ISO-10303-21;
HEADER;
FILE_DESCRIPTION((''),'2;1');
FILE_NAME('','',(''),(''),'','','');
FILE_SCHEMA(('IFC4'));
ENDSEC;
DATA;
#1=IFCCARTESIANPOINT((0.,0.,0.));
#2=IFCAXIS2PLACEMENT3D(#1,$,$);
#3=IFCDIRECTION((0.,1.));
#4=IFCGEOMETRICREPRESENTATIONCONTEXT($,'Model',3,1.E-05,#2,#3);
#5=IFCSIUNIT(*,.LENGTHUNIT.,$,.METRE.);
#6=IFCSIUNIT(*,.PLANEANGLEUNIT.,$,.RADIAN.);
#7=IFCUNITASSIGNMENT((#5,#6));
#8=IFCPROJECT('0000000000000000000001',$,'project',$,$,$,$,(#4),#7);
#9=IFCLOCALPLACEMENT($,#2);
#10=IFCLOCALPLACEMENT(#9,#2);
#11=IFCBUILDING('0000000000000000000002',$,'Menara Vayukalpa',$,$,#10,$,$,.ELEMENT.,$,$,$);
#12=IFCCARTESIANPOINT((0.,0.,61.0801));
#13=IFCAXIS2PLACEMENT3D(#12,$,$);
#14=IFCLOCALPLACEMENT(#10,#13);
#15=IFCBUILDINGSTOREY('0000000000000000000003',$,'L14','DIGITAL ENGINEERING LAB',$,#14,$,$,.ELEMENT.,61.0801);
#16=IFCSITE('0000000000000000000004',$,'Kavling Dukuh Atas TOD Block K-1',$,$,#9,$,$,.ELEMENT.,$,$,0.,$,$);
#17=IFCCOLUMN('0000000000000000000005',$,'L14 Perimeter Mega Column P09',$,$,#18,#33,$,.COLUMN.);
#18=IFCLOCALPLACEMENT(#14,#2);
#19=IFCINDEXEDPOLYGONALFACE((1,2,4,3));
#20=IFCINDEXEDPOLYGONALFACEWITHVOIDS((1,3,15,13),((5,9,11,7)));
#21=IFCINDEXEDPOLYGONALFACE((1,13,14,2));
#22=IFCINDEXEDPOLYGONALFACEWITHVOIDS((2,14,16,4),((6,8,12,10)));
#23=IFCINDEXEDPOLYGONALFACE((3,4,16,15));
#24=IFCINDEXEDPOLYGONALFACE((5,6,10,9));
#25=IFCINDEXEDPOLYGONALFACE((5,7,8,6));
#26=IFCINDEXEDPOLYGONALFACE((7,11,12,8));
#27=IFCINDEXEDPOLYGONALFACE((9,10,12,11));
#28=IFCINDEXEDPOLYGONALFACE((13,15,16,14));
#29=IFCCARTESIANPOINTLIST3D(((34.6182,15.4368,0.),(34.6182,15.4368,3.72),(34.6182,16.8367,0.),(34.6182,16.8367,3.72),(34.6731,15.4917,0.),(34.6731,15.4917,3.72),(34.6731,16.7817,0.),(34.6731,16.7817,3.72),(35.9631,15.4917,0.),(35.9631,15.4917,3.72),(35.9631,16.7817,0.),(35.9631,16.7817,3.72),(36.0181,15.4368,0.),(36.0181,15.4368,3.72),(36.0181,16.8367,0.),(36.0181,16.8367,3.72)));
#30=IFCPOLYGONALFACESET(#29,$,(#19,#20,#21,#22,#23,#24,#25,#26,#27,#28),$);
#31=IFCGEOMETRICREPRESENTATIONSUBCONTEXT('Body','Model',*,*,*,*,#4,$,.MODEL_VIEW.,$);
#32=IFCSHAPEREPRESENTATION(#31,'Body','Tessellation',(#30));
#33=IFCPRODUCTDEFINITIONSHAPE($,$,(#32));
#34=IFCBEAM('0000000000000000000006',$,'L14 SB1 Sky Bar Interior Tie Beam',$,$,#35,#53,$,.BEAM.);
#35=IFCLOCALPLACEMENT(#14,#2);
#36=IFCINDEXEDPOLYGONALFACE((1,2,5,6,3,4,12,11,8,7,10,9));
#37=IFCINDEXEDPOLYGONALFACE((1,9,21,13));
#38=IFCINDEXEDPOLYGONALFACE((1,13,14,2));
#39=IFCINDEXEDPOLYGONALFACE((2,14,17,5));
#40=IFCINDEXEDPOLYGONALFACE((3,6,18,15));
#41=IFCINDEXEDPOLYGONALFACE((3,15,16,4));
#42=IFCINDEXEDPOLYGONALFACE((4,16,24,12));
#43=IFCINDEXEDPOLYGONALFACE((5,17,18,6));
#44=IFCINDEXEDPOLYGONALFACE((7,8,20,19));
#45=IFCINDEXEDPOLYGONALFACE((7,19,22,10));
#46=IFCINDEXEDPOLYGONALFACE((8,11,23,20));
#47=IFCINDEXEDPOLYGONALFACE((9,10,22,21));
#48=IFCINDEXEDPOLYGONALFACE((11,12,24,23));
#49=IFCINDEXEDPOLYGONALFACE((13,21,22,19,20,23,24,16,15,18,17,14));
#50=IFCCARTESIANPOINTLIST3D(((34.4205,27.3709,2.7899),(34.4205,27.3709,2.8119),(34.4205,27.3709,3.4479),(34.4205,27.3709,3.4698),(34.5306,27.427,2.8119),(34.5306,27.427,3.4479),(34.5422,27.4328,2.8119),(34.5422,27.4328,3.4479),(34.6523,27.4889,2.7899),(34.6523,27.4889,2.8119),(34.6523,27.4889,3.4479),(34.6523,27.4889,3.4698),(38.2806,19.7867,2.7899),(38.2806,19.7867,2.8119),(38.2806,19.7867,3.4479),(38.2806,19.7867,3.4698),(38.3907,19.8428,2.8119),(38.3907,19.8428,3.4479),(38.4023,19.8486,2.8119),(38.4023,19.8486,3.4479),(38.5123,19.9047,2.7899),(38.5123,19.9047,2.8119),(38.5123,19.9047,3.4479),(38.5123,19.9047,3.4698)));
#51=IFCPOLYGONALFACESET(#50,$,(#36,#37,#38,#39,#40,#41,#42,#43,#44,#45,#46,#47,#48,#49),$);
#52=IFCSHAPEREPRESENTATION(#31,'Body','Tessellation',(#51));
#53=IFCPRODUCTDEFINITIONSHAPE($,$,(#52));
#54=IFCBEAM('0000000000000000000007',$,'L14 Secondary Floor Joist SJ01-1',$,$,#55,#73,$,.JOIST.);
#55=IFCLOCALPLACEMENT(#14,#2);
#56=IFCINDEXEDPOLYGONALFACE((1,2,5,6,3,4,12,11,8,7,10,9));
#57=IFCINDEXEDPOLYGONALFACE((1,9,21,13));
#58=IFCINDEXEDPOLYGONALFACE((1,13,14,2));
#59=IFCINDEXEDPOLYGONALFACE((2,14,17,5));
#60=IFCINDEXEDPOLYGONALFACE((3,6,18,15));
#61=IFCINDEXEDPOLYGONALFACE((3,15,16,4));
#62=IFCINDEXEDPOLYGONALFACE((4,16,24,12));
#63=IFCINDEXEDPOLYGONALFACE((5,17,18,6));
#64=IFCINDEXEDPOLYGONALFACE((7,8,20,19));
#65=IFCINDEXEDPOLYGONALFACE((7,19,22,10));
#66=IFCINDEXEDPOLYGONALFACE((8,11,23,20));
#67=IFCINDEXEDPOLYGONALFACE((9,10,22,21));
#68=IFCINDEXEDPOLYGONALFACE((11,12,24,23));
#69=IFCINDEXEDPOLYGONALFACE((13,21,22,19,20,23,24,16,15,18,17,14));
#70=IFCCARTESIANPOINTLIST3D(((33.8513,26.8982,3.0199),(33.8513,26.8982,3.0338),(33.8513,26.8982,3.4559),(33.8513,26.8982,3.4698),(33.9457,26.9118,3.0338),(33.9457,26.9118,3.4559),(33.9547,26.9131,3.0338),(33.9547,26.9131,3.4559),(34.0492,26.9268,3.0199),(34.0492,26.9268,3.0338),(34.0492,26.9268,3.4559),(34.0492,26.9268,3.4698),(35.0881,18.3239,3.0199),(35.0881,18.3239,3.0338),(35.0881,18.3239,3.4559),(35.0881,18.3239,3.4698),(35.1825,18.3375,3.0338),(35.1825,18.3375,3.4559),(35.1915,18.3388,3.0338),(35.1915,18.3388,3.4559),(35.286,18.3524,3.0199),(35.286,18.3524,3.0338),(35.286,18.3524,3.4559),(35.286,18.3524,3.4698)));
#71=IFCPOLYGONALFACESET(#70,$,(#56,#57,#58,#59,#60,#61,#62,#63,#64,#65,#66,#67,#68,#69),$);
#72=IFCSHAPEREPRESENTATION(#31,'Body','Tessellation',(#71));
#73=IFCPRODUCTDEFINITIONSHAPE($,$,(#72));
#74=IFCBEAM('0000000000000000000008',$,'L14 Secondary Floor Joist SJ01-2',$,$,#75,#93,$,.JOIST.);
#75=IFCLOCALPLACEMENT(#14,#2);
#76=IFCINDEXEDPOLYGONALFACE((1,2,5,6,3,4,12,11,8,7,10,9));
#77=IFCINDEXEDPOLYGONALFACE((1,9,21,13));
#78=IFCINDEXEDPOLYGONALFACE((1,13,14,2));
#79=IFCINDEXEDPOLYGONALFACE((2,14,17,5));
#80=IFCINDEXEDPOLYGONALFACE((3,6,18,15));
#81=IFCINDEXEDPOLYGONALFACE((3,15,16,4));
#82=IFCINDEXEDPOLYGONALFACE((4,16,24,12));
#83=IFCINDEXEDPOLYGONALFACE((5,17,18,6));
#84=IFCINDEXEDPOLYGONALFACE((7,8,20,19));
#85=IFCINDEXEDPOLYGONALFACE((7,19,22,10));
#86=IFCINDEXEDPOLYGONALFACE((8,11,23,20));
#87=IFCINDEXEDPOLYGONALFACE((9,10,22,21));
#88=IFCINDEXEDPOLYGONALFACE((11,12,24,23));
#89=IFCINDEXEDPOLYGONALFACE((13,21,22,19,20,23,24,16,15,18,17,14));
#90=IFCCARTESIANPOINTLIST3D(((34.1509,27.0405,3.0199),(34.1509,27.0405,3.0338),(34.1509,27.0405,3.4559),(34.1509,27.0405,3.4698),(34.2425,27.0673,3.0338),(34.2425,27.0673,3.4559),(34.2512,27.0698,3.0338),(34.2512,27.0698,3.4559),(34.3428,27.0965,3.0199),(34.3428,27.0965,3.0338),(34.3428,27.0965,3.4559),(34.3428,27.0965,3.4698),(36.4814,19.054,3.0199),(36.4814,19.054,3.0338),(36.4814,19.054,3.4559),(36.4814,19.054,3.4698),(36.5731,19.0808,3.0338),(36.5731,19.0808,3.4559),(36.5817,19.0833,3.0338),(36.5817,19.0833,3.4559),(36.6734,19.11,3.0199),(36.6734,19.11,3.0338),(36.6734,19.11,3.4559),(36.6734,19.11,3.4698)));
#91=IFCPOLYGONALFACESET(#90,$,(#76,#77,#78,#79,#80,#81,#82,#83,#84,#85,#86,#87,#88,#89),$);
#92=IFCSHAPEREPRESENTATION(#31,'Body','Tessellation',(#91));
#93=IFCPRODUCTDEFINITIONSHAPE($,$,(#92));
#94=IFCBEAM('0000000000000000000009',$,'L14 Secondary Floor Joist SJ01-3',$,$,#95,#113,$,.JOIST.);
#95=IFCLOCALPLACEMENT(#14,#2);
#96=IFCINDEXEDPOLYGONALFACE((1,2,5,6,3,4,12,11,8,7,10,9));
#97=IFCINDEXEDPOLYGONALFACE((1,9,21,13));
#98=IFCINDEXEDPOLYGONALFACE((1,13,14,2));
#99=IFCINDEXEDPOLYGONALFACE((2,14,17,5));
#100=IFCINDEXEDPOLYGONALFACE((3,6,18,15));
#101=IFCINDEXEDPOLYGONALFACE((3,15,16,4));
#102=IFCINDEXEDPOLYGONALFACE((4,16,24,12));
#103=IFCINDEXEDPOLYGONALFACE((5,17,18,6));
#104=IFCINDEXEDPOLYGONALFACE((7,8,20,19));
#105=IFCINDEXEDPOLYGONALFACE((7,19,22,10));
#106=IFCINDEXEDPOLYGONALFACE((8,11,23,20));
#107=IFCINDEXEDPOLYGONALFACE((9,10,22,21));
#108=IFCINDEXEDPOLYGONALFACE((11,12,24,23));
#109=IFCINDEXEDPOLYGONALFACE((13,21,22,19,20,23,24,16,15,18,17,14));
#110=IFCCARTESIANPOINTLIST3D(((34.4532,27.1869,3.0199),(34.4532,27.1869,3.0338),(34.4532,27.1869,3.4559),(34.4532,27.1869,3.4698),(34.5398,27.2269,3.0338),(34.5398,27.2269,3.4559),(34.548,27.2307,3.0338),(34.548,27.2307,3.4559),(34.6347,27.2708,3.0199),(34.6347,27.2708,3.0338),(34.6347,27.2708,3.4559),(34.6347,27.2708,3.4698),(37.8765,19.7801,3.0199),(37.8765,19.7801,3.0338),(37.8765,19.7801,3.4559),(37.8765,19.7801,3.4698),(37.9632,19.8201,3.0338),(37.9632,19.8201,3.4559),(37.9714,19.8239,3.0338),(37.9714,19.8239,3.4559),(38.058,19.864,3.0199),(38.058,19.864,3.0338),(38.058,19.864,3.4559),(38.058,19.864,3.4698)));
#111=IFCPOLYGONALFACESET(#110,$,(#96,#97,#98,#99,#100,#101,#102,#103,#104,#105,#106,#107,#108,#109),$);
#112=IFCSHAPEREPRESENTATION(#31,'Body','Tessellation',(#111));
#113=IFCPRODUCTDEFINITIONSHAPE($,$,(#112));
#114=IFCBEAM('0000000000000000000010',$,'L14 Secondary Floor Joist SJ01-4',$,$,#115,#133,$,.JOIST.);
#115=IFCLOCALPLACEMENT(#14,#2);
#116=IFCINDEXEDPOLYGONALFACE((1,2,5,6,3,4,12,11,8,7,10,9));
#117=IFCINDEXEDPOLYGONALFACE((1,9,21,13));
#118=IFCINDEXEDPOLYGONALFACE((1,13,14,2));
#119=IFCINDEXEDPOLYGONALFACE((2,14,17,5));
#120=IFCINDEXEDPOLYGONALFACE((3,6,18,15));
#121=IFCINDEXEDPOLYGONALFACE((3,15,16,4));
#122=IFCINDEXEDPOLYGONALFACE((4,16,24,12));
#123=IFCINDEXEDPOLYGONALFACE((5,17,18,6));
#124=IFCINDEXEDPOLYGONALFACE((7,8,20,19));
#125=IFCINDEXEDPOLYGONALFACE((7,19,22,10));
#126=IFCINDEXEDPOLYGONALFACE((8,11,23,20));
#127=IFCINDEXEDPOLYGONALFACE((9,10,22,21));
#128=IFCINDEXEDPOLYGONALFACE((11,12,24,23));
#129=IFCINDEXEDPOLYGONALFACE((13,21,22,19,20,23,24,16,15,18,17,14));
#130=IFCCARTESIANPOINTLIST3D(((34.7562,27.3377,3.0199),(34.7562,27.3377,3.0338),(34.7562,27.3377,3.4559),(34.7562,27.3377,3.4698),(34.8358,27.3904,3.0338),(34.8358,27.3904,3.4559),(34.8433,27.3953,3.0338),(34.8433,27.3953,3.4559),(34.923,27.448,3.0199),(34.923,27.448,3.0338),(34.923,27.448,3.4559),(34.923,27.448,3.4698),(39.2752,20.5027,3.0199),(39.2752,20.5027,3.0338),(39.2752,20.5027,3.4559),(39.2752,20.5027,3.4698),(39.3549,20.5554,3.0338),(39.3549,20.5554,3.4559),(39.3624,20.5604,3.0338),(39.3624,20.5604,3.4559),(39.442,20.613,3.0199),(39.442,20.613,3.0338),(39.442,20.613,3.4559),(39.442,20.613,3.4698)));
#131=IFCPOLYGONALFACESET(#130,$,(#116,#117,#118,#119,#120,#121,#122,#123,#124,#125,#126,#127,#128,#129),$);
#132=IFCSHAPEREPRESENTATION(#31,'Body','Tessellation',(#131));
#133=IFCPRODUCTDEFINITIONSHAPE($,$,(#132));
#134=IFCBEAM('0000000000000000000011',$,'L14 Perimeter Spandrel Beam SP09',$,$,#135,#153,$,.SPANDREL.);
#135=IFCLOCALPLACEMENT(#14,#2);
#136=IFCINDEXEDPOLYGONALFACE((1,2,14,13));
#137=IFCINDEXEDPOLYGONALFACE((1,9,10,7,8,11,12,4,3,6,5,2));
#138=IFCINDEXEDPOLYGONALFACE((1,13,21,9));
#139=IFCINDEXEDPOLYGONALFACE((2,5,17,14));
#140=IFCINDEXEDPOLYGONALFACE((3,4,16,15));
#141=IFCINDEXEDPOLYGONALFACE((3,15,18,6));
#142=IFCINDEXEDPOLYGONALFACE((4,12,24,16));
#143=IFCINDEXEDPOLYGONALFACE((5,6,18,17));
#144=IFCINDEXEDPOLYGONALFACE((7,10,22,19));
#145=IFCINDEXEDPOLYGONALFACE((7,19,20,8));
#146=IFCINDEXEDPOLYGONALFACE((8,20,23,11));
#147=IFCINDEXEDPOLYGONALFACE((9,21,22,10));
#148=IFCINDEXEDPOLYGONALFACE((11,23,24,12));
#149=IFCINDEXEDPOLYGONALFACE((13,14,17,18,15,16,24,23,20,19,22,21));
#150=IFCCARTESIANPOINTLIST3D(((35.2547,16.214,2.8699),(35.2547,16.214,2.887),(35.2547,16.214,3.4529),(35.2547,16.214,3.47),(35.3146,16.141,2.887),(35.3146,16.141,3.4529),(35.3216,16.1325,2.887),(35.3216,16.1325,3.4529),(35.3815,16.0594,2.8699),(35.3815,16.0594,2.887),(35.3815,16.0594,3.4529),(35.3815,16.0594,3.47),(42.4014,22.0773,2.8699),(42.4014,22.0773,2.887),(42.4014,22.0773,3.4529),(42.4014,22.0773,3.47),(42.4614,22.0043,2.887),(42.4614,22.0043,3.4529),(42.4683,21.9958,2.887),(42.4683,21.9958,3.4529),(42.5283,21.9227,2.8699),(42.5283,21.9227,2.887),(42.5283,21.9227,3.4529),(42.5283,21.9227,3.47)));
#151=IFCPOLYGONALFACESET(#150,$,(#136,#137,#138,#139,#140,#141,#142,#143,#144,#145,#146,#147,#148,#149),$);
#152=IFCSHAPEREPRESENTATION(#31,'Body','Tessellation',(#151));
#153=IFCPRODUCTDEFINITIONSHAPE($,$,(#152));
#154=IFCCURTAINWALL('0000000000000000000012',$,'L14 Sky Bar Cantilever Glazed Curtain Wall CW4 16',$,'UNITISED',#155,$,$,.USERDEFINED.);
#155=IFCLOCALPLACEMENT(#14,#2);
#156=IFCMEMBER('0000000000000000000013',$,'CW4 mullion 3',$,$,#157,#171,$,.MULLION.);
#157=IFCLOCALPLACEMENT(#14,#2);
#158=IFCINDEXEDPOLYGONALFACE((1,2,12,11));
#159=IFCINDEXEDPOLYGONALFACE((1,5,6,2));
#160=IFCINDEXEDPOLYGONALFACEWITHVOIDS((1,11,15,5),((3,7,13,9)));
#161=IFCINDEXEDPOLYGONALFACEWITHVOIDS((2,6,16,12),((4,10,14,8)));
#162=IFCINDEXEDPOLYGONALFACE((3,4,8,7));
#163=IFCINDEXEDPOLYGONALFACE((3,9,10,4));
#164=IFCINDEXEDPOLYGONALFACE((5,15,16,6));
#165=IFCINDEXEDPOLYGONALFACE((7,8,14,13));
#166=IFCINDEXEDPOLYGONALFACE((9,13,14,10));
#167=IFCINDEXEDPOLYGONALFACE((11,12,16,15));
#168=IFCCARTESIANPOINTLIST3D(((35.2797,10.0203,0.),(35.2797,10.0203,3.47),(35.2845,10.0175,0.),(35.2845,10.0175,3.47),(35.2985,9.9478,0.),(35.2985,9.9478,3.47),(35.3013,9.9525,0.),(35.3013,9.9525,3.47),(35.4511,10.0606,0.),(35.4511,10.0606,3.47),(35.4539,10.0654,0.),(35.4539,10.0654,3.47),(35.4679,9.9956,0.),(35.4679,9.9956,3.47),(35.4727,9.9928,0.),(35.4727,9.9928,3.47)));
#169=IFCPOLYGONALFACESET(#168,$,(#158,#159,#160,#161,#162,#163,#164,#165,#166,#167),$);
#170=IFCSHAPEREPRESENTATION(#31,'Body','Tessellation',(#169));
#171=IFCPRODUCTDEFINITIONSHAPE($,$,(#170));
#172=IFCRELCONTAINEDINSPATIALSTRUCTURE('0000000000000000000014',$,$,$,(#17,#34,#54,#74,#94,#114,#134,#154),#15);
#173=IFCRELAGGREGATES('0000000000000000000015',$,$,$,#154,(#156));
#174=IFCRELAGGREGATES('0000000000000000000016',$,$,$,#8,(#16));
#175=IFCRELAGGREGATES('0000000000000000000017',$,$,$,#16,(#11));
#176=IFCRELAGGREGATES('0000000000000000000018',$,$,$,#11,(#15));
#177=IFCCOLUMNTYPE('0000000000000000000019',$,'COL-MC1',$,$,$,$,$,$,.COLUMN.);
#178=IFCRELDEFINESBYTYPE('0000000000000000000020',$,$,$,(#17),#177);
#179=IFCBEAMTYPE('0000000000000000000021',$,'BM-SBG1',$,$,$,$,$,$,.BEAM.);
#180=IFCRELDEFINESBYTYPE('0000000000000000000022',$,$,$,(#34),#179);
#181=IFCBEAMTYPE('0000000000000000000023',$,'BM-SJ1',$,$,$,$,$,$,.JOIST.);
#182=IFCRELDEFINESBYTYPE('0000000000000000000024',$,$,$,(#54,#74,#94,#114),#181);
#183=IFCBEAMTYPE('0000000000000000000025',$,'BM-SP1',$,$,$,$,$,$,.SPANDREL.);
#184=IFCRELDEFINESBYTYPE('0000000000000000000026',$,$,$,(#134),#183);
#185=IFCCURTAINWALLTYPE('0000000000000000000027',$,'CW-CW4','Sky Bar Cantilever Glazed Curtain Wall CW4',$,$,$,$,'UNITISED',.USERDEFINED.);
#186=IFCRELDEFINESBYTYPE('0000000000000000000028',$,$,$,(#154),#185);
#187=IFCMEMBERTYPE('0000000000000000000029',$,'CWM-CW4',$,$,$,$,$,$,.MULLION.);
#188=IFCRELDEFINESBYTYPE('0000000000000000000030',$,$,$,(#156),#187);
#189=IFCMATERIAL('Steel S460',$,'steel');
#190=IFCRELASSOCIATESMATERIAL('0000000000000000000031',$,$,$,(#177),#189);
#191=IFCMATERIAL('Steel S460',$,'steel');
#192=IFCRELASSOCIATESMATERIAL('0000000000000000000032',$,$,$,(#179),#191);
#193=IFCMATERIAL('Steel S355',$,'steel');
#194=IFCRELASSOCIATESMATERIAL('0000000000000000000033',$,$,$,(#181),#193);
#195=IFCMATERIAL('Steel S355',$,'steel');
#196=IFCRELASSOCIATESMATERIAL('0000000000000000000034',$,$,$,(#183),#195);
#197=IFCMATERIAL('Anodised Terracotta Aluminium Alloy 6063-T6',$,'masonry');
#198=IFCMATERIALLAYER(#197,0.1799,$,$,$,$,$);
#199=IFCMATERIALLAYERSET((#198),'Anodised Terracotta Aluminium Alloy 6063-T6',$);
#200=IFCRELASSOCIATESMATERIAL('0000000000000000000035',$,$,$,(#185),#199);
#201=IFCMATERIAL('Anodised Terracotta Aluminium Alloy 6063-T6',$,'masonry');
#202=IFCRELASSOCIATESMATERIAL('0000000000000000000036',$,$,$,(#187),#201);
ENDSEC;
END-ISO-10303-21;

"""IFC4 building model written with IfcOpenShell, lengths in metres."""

from ifc_helpers import new_model, si_unit, direction, frame, origin, origin_2d, place, context, subcontext, project, spatial, hollow_rectangle, i_section, extrude, material, layer, layer_set, material_profile, profile_set, type_object, element, aggregate, save


model = new_model("IFC4")

# Units and contexts
model_context = context("Model", 3, precision=1e-05, world=origin(), true_north=direction((0.0, 1.0)))
body_context = subcontext(model_context, "Body", "Model", "MODEL_VIEW")
ifc_project = project(units=[si_unit("LENGTHUNIT", "METRE"), si_unit("PLANEANGLEUNIT", "RADIAN")], contexts=[model_context])

# Site, building, storey
site_placement = place(None, origin())
site = spatial("IfcSite", under=ifc_project, at=site_placement, Name="Kavling Dukuh Atas TOD Block K-1", CompositionType="ELEMENT", RefElevation=0.0)
building_placement = place(site_placement, origin())
building = spatial("IfcBuilding", under=site, at=building_placement, Name="Menara Vayukalpa", CompositionType="ELEMENT")
storey_placement = place(building_placement, frame((0.0, 0.0, 61.0801)))
storey = spatial("IfcBuildingStorey", under=building, at=storey_placement, Name="L14", Description="DIGITAL ENGINEERING LAB", CompositionType="ELEMENT", Elevation=61.0801)

# Column
ifc_material_1 = material(Name="Steel S460", Category="steel")
ifc_material_profile_1 = material_profile(ifc_material_1, hollow_rectangle(XDim=1.3999, YDim=1.3999, WallThickness=0.0549, at=origin_2d()), Name="BOX 1400x1400x55")
ifc_profile_set_1 = profile_set([ifc_material_profile_1], Name="Steel S460")
column_type = type_object("IfcColumnType", Name="COL-MC1", PredefinedType="COLUMN", material=ifc_profile_set_1)
column_placement = place(storey_placement, frame((35.3181, 16.1367, 0.0), z_axis=(0.0, 0.0, 1.0), x_axis=(1.0, 0.0, 0.0)))
element("IfcColumn", 1, at=column_placement, inside=storey, type_object=column_type, Name="L14 Perimeter Mega Column P09", PredefinedType="COLUMN", context=body_context, shape_type="SweptSolid", body=[
    extrude(hollow_rectangle(XDim=1.3999, YDim=1.3999, WallThickness=0.0549, at=origin_2d()), origin(), (0.0, 0.0, 1.0), 3.72),
])

# Beams
ifc_material_2 = material(Name="Steel S460", Category="steel")
ifc_material_profile_2 = material_profile(ifc_material_2, i_section(OverallWidth=0.26, OverallDepth=0.6799, WebThickness=0.0129, FlangeThickness=0.022, at=origin_2d()), Name="WF 680x260x13x22")
ifc_profile_set_2 = profile_set([ifc_material_profile_2], Name="Steel S460")
beam_type_1 = type_object("IfcBeamType", Name="BM-SBG1", PredefinedType="BEAM", material=ifc_profile_set_2)
beam_1_placement = place(storey_placement, frame((38.3965, 19.8457, 3.1299), z_axis=(-0.453594, 0.891208, 0.0), x_axis=(-0.891208, -0.453594, 0.0)))
element("IfcBeam", 2, at=beam_1_placement, inside=storey, type_object=beam_type_1, Name="L14 SB1 Sky Bar Interior Tie Beam", PredefinedType="BEAM", context=body_context, shape_type="SweptSolid", body=[
    extrude(i_section(OverallWidth=0.26, OverallDepth=0.6799, WebThickness=0.0129, FlangeThickness=0.022, at=origin_2d()), origin(), (0.0, 0.0, 1.0), 8.51),
])
ifc_material_3 = material(Name="Steel S355", Category="steel")
ifc_material_profile_3 = material_profile(ifc_material_3, i_section(OverallWidth=0.2, OverallDepth=0.45, WebThickness=0.009, FlangeThickness=0.0139, at=origin_2d()), Name="WF 450x200x9x14")
ifc_profile_set_3 = profile_set([ifc_material_profile_3], Name="Steel S355")
beam_type_2 = type_object("IfcBeamType", Name="BM-SJ1", PredefinedType="JOIST", material=ifc_profile_set_3)
beam_2_placement = place(storey_placement, frame((35.187, 18.3381, 3.2449), z_axis=(-0.142767, 0.989756, 0.0), x_axis=(-0.989756, -0.142767, 0.0)))
element("IfcBeam", 3, at=beam_2_placement, inside=storey, type_object=beam_type_2, Name="L14 Secondary Floor Joist SJ01-1", PredefinedType="JOIST", context=body_context, shape_type="SweptSolid", body=[
    extrude(i_section(OverallWidth=0.2, OverallDepth=0.45, WebThickness=0.009, FlangeThickness=0.0139, at=origin_2d()), origin(), (0.0, 0.0, 1.0), 8.6631),
])
beam_3_placement = place(storey_placement, frame((36.5774, 19.082, 3.2449), z_axis=(-0.280127, 0.959963, 0.0), x_axis=(-0.959963, -0.280127, 0.0)))
element("IfcBeam", 4, at=beam_3_placement, inside=storey, type_object=beam_type_2, Name="L14 Secondary Floor Joist SJ01-2", PredefinedType="JOIST", context=body_context, shape_type="SweptSolid", body=[
    extrude(i_section(OverallWidth=0.2, OverallDepth=0.45, WebThickness=0.009, FlangeThickness=0.0139, at=origin_2d()), origin(), (0.0, 0.0, 1.0), 8.3196),
])
beam_4_placement = place(storey_placement, frame((37.9673, 19.822, 3.2449), z_axis=(-0.419548, 0.907733, 0.0), x_axis=(-0.907733, -0.419548, 0.0)))
element("IfcBeam", 5, at=beam_4_placement, inside=storey, type_object=beam_type_2, Name="L14 Secondary Floor Joist SJ01-3", PredefinedType="JOIST", context=body_context, shape_type="SweptSolid", body=[
    extrude(i_section(OverallWidth=0.2, OverallDepth=0.45, WebThickness=0.009, FlangeThickness=0.0139, at=origin_2d()), origin(), (0.0, 0.0, 1.0), 8.1597),
])
beam_5_placement = place(storey_placement, frame((39.3586, 20.5579, 3.2449), z_axis=(-0.551519, 0.834162, 0.0), x_axis=(-0.834162, -0.551519, 0.0)))
element("IfcBeam", 6, at=beam_5_placement, inside=storey, type_object=beam_type_2, Name="L14 Secondary Floor Joist SJ01-4", PredefinedType="JOIST", context=body_context, shape_type="SweptSolid", body=[
    extrude(i_section(OverallWidth=0.2, OverallDepth=0.45, WebThickness=0.009, FlangeThickness=0.0139, at=origin_2d()), origin(), (0.0, 0.0, 1.0), 8.1938),
])
ifc_material_4 = material(Name="Steel S355", Category="steel")
ifc_material_profile_4 = material_profile(ifc_material_4, i_section(OverallWidth=0.2, OverallDepth=0.6001, WebThickness=0.011, FlangeThickness=0.0171, at=origin_2d()), Name="WF 600x200x11x17")
ifc_profile_set_4 = profile_set([ifc_material_profile_4], Name="Steel S355")
beam_type_3 = type_object("IfcBeamType", Name="BM-SP1", PredefinedType="SPANDREL", material=ifc_profile_set_4)
beam_6_placement = place(storey_placement, frame((35.3181, 16.1367, 3.1699), z_axis=(0.773111, 0.634271, 0.0), x_axis=(-0.634271, 0.773111, 0.0)))
element("IfcBeam", 7, at=beam_6_placement, inside=storey, type_object=beam_type_3, Name="L14 Perimeter Spandrel Beam SP09", PredefinedType="SPANDREL", context=body_context, shape_type="SweptSolid", body=[
    extrude(i_section(OverallWidth=0.2, OverallDepth=0.6001, WebThickness=0.011, FlangeThickness=0.0171, at=origin_2d()), origin(), (0.0, 0.0, 1.0), 9.2441),
])

# Curtain wall, member
ifc_material_5 = material(Name="Anodised Terracotta Aluminium Alloy 6063-T6", Category="masonry")
ifc_layer_1 = layer(ifc_material_5, 0.1799)
ifc_layer_set_1 = layer_set([ifc_layer_1], Name="Anodised Terracotta Aluminium Alloy 6063-T6")
curtain_wall_type = type_object("IfcCurtainWallType", Name="CW-CW4", Description="Sky Bar Cantilever Glazed Curtain Wall CW4", ElementType="UNITISED", PredefinedType="USERDEFINED", material=ifc_layer_set_1)
curtain_wall_1_placement = place(storey_placement, origin())
curtain_wall_1 = element("IfcCurtainWall", 8, at=curtain_wall_1_placement, inside=storey, type_object=curtain_wall_type, Name="L14 Sky Bar Cantilever Glazed Curtain Wall CW4 16", ObjectType="UNITISED", PredefinedType="USERDEFINED")
ifc_material_6 = material(Name="Anodised Terracotta Aluminium Alloy 6063-T6", Category="masonry")
ifc_material_profile_5 = material_profile(ifc_material_6, hollow_rectangle(XDim=0.075, YDim=0.1799, WallThickness=0.0039, at=origin_2d()), Name="ALU 75x180x4")
ifc_profile_set_5 = profile_set([ifc_material_profile_5], Name="Anodised Terracotta Aluminium Alloy 6063-T6")
member_type_1 = type_object("IfcMemberType", Name="CWM-CW4", PredefinedType="MULLION", material=ifc_profile_set_5)
member_1_placement = place(storey_placement, frame((35.3762, 10.0066, 0.0), z_axis=(0.0, 0.0, 1.0), x_axis=(-0.250403, 0.968142, 0.0)))
member_1 = element("IfcMember", 9, at=member_1_placement, type_object=member_type_1, Name="CW4 mullion 3", PredefinedType="MULLION", context=body_context, shape_type="SweptSolid", body=[
    extrude(hollow_rectangle(XDim=0.075, YDim=0.1799, WallThickness=0.0039, at=origin_2d()), origin(), (0.0, 0.0, 1.0), 3.47),
])

aggregate(curtain_wall_1, [member_1])

save(model, "model.ifc")
